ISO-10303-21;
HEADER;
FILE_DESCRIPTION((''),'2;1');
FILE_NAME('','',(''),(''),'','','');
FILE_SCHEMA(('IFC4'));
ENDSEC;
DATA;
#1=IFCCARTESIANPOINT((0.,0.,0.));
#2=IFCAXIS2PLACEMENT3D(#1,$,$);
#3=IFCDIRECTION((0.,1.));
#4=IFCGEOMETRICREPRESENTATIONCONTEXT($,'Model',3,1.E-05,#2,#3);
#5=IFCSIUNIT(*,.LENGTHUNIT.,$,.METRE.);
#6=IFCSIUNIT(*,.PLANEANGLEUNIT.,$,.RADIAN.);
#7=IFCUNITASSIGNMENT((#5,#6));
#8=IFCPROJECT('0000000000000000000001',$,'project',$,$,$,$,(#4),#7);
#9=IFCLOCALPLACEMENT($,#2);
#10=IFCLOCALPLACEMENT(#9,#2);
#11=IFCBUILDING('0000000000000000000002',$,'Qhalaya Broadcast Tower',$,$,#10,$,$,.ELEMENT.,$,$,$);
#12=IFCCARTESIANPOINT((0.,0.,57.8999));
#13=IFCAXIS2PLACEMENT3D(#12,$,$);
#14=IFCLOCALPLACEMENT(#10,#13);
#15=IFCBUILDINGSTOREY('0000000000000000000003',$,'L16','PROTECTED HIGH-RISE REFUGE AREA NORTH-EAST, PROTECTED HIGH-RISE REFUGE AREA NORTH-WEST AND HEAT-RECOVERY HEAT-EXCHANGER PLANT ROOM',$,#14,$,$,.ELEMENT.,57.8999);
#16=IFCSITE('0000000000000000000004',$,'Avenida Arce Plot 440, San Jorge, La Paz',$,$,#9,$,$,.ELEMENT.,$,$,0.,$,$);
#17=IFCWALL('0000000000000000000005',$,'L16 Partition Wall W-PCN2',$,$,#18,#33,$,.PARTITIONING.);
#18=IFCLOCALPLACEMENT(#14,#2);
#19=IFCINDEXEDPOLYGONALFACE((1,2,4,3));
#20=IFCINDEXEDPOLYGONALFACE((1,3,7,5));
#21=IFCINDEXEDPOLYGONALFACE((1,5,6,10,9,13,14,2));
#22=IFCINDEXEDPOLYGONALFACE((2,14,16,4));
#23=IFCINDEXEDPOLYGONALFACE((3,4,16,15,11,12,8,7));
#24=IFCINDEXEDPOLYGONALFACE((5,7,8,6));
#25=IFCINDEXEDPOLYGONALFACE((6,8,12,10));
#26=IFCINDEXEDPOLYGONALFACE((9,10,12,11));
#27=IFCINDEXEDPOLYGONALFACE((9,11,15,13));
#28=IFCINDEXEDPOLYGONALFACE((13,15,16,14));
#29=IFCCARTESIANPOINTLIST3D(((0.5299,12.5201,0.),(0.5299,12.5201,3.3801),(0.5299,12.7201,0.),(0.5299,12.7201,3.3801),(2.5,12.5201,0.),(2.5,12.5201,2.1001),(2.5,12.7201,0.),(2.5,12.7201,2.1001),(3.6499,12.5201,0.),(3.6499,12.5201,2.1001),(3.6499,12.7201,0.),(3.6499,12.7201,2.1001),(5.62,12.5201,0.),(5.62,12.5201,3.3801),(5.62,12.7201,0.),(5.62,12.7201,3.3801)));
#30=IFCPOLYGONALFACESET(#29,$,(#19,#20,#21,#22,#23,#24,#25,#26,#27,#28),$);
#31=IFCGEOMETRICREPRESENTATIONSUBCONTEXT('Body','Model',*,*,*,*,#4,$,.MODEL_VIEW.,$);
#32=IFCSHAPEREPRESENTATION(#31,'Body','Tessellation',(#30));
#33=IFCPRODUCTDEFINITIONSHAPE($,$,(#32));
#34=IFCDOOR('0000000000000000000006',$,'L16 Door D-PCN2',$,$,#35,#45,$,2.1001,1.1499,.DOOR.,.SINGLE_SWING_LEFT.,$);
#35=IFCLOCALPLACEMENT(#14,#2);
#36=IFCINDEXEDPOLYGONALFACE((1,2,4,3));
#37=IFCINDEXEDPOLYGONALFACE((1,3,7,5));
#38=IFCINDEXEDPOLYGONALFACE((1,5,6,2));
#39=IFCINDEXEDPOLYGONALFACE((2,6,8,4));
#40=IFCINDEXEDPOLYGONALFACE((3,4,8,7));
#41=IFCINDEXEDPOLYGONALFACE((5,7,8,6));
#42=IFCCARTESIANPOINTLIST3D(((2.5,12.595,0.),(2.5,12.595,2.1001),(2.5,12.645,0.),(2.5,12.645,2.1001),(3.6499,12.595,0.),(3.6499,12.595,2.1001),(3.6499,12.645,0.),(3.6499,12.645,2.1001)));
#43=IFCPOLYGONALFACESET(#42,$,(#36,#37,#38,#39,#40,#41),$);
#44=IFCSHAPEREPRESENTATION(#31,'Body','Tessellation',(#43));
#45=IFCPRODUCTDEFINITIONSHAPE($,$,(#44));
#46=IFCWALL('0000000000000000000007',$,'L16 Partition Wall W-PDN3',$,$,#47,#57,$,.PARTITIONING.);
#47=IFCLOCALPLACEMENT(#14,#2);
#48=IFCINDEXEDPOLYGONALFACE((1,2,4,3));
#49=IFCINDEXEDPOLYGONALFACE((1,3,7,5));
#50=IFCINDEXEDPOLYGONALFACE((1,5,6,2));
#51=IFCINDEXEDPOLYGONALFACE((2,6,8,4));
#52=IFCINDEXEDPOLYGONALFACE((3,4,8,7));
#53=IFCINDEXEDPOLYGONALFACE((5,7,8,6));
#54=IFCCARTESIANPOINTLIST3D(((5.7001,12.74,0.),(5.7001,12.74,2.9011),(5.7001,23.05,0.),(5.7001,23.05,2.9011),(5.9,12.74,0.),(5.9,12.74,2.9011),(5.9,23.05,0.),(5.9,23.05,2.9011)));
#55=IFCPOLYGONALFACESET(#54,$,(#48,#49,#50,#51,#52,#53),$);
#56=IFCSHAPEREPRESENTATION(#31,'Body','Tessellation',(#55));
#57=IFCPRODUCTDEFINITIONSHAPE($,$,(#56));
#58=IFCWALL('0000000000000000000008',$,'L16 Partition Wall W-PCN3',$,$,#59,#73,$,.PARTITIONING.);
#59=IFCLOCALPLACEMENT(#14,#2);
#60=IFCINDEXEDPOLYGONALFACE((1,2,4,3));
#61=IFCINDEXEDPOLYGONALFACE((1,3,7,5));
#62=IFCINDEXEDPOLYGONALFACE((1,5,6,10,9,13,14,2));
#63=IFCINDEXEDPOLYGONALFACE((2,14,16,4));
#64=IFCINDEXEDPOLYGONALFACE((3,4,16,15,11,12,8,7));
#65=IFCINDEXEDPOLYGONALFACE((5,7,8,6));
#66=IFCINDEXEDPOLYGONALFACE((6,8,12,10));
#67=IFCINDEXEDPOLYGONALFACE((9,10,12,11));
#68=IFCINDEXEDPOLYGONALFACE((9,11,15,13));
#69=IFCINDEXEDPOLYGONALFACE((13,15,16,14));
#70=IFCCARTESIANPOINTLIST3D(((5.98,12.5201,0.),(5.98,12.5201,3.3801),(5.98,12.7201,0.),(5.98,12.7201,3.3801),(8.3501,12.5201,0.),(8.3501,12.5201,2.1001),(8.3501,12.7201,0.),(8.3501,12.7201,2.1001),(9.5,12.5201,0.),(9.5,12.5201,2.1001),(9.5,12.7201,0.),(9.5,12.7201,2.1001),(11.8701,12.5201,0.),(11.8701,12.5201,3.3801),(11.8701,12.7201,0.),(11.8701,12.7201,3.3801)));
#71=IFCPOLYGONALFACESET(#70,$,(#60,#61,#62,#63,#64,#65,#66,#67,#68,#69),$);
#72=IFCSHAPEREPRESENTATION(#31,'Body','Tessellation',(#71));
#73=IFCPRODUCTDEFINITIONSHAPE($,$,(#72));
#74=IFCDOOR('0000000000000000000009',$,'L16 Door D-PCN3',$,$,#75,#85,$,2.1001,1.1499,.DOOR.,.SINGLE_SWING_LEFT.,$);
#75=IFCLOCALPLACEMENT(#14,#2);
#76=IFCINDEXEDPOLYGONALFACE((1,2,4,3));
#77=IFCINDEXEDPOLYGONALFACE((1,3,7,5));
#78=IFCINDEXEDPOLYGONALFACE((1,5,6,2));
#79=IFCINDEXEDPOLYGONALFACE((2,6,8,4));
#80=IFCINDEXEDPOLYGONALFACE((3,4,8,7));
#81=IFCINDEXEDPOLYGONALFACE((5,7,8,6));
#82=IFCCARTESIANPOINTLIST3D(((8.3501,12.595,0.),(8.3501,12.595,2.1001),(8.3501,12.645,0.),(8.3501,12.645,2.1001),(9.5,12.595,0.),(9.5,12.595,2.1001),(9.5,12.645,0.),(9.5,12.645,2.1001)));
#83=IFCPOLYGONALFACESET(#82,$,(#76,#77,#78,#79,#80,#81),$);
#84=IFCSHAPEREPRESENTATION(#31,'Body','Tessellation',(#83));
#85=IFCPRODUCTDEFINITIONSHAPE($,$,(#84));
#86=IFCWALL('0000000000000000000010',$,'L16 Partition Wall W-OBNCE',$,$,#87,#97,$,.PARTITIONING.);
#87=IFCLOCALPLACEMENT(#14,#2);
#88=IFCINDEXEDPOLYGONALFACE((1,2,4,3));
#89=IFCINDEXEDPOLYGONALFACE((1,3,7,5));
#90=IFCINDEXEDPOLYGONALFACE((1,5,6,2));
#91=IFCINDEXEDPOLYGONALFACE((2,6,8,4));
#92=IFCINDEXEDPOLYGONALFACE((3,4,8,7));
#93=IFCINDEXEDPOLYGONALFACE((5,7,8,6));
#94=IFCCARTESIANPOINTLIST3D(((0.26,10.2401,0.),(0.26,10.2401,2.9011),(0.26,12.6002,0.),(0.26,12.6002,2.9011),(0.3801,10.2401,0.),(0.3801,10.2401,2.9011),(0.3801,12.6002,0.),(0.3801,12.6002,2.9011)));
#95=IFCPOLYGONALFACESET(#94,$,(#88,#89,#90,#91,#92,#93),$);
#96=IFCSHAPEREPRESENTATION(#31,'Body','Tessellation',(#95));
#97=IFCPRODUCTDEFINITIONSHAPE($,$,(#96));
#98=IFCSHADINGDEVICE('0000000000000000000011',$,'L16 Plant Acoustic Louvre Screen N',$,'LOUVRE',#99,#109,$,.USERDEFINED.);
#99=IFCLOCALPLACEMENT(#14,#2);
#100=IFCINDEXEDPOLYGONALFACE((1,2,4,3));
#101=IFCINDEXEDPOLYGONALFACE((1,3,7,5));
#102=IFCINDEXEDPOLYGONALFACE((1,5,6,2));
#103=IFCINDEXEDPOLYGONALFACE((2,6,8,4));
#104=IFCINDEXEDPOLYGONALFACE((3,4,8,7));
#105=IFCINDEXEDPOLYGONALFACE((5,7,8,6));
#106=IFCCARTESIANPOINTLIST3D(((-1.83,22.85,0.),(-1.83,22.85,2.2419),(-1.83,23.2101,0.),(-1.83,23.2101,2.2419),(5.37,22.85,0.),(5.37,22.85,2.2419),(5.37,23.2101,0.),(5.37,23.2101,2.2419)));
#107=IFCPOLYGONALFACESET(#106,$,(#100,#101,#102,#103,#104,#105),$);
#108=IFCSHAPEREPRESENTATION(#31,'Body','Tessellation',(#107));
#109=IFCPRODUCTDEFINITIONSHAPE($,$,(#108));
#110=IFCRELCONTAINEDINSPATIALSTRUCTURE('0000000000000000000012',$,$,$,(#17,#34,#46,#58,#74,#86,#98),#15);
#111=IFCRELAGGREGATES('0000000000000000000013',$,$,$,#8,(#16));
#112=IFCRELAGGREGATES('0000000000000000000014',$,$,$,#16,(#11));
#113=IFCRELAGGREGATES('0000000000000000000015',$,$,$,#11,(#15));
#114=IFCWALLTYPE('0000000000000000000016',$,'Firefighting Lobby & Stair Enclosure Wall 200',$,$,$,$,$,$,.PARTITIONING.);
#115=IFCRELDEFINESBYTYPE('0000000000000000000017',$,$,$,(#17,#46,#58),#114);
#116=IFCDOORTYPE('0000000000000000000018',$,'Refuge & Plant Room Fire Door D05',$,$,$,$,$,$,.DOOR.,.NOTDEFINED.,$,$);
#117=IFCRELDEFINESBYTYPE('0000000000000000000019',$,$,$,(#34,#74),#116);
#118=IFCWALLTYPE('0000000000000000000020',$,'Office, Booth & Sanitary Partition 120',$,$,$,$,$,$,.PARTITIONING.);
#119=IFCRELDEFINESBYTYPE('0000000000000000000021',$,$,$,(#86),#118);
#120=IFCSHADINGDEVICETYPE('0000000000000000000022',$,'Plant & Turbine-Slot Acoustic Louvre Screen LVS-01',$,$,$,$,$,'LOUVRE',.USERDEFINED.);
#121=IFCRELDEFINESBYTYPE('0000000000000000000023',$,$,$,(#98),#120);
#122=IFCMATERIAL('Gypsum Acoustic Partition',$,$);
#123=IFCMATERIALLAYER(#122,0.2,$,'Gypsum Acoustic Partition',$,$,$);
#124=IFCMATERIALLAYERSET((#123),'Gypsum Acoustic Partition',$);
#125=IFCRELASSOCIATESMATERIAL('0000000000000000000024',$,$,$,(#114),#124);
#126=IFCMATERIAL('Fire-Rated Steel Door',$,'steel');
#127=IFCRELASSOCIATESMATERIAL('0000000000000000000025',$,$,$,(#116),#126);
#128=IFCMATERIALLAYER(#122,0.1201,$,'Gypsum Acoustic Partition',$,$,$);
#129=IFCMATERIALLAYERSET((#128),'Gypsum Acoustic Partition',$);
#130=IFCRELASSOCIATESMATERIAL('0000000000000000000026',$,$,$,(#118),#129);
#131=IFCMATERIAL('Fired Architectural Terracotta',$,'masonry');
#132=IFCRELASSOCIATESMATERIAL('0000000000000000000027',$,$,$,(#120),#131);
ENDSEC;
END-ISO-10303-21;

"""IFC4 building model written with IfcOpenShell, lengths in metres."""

from ifc_helpers import new_model, si_unit, direction, frame, frame_2d, origin, origin_2d, place, context, subcontext, project, spatial, rectangle, extrude, material, layer, layer_set, type_object, element, fill, save


model = new_model("IFC4")

# Units and contexts
model_context = context("Model", 3, precision=1e-05, world=origin(), true_north=direction((0.0, 1.0)))
body_context = subcontext(model_context, "Body", "Model", "MODEL_VIEW")
ifc_project = project(units=[si_unit("LENGTHUNIT", "METRE"), si_unit("PLANEANGLEUNIT", "RADIAN")], contexts=[model_context])

# Site, building, storey
site_placement = place(None, origin())
site = spatial("IfcSite", under=ifc_project, at=site_placement, Name="Avenida Arce Plot 440, San Jorge, La Paz", CompositionType="ELEMENT", RefElevation=0.0)
building_placement = place(site_placement, origin())
building = spatial("IfcBuilding", under=site, at=building_placement, Name="Qhalaya Broadcast Tower", CompositionType="ELEMENT")
storey_placement = place(building_placement, frame((0.0, 0.0, 57.8999)))
storey = spatial("IfcBuildingStorey", under=building, at=storey_placement, Name="L16", Description="PROTECTED HIGH-RISE REFUGE AREA NORTH-EAST, PROTECTED HIGH-RISE REFUGE AREA NORTH-WEST AND HEAT-RECOVERY HEAT-EXCHANGER PLANT ROOM", CompositionType="ELEMENT", Elevation=57.8999)

# Shared definitions
ifc_material_1 = material(Name="Gypsum Acoustic Partition")
ifc_layer_1 = layer(ifc_material_1, 0.2, Name="Gypsum Acoustic Partition")
ifc_layer_set_1 = layer_set([ifc_layer_1], Name="Gypsum Acoustic Partition")
wall_type_1 = type_object("IfcWallType", Name="Firefighting Lobby & Stair Enclosure Wall 200", PredefinedType="PARTITIONING", material=ifc_layer_set_1)

# Wall, opening, door
wall_1_placement = place(storey_placement, frame((0.53, 12.6201, 0.0), z_axis=(0.0, 0.0, 1.0), x_axis=(1.0, 0.0, 0.0)))
wall_1 = element("IfcWall", 1, at=wall_1_placement, inside=storey, type_object=wall_type_1, Name="L16 Partition Wall W-PCN2", PredefinedType="PARTITIONING", context=body_context, shape_type="SweptSolid", body=[
    extrude(rectangle(XDim=5.0901, YDim=0.2, at=frame_2d((2.5449, 0.0))), origin(), (0.0, 0.0, 1.0), 3.3801),
])
opening_1_placement = place(wall_1_placement, frame((1.97, 0.0, 0.0)))
opening_1 = element("IfcOpeningElement", 2, at=opening_1_placement, cuts=wall_1, PredefinedType="OPENING", context=body_context, shape_type="SweptSolid", body=[
    extrude(rectangle(XDim=1.1499, YDim=2.1001, at=frame_2d((0.575, 1.05))), frame((0.0, 0.1121, 0.0), z_axis=(0.0, -1.0, 0.0), x_axis=(1.0, 0.0, 0.0)), (0.0, 0.0, 1.0), 0.2239),
])
ifc_material_2 = material(Name="Fire-Rated Steel Door", Category="steel")
door_type = type_object("IfcDoorType", Name="Refuge & Plant Room Fire Door D05", OperationType="NOTDEFINED", PredefinedType="DOOR", material=ifc_material_2)
door_1_placement = place(opening_1_placement, origin())
door_1 = element("IfcDoor", 3, at=door_1_placement, inside=storey, type_object=door_type, Name="L16 Door D-PCN2", OperationType="SINGLE_SWING_LEFT", OverallHeight=2.1001, OverallWidth=1.1499, PredefinedType="DOOR", context=body_context, shape_type="SweptSolid", body=[
    extrude(rectangle(XDim=1.1499, YDim=2.1001, at=frame_2d((0.575, 1.05))), frame((0.0, 0.0249, 0.0), z_axis=(0.0, -1.0, 0.0), x_axis=(1.0, 0.0, 0.0)), (0.0, 0.0, 1.0), 0.05),
])
fill(opening_1, door_1)

# Wall
wall_2_placement = place(storey_placement, frame((5.8, 12.74, 0.0), z_axis=(0.0, 0.0, 1.0), x_axis=(0.0, 1.0, 0.0)))
element("IfcWall", 4, at=wall_2_placement, inside=storey, type_object=wall_type_1, Name="L16 Partition Wall W-PDN3", PredefinedType="PARTITIONING", context=body_context, shape_type="SweptSolid", body=[
    extrude(rectangle(XDim=10.3101, YDim=0.2, at=frame_2d((5.155, 0.0))), origin(), (0.0, 0.0, 1.0), 2.9011),
])

# Wall, opening, door
wall_3_placement = place(storey_placement, frame((5.98, 12.6201, 0.0), z_axis=(0.0, 0.0, 1.0), x_axis=(1.0, 0.0, 0.0)))
wall_3 = element("IfcWall", 5, at=wall_3_placement, inside=storey, type_object=wall_type_1, Name="L16 Partition Wall W-PCN3", PredefinedType="PARTITIONING", context=body_context, shape_type="SweptSolid", body=[
    extrude(rectangle(XDim=5.8901, YDim=0.2, at=frame_2d((2.9451, 0.0))), origin(), (0.0, 0.0, 1.0), 3.3801),
])
opening_2_placement = place(wall_3_placement, frame((2.3701, 0.0, 0.0)))
opening_2 = element("IfcOpeningElement", 6, at=opening_2_placement, cuts=wall_3, PredefinedType="OPENING", context=body_context, shape_type="SweptSolid", body=[
    extrude(rectangle(XDim=1.1499, YDim=2.1001, at=frame_2d((0.575, 1.05))), frame((0.0, 0.1121, 0.0), z_axis=(0.0, -1.0, 0.0), x_axis=(1.0, 0.0, 0.0)), (0.0, 0.0, 1.0), 0.2239),
])
door_2_placement = place(opening_2_placement, origin())
door_2 = element("IfcDoor", 7, at=door_2_placement, inside=storey, type_object=door_type, Name="L16 Door D-PCN3", OperationType="SINGLE_SWING_LEFT", OverallHeight=2.1001, OverallWidth=1.1499, PredefinedType="DOOR", context=body_context, shape_type="SweptSolid", body=[
    extrude(rectangle(XDim=1.1499, YDim=2.1001, at=frame_2d((0.575, 1.05))), frame((0.0, 0.0249, 0.0), z_axis=(0.0, -1.0, 0.0), x_axis=(1.0, 0.0, 0.0)), (0.0, 0.0, 1.0), 0.05),
])
fill(opening_2, door_2)

# Wall
ifc_layer_2 = layer(ifc_material_1, 0.1201, Name="Gypsum Acoustic Partition")
ifc_layer_set_2 = layer_set([ifc_layer_2], Name="Gypsum Acoustic Partition")
wall_type_2 = type_object("IfcWallType", Name="Office, Booth & Sanitary Partition 120", PredefinedType="PARTITIONING", material=ifc_layer_set_2)
wall_4_placement = place(storey_placement, frame((0.3201, 10.24, 0.0), z_axis=(0.0, 0.0, 1.0), x_axis=(0.0, 1.0, 0.0)))
element("IfcWall", 8, at=wall_4_placement, inside=storey, type_object=wall_type_2, Name="L16 Partition Wall W-OBNCE", PredefinedType="PARTITIONING", context=body_context, shape_type="SweptSolid", body=[
    extrude(rectangle(XDim=2.3601, YDim=0.1201, at=frame_2d((1.1802, 0.0))), origin(), (0.0, 0.0, 1.0), 2.9011),
])

# Shading device
ifc_material_3 = material(Name="Fired Architectural Terracotta", Category="masonry")
shading_device_type = type_object("IfcShadingDeviceType", Name="Plant & Turbine-Slot Acoustic Louvre Screen LVS-01", ElementType="LOUVRE", PredefinedType="USERDEFINED", material=ifc_material_3)
shading_device_placement = place(storey_placement, frame((1.77, 23.03, 0.0), z_axis=(0.0, 0.0, 1.0), x_axis=(1.0, 0.0, 0.0)))
element("IfcShadingDevice", 9, at=shading_device_placement, inside=storey, type_object=shading_device_type, Name="L16 Plant Acoustic Louvre Screen N", ObjectType="LOUVRE", PredefinedType="USERDEFINED", context=body_context, shape_type="SweptSolid", body=[
    extrude(rectangle(XDim=7.2, YDim=0.3601, at=origin_2d()), origin(), (0.0, 0.0, 1.0), 2.2419),
])

save(model, "model.ifc")
